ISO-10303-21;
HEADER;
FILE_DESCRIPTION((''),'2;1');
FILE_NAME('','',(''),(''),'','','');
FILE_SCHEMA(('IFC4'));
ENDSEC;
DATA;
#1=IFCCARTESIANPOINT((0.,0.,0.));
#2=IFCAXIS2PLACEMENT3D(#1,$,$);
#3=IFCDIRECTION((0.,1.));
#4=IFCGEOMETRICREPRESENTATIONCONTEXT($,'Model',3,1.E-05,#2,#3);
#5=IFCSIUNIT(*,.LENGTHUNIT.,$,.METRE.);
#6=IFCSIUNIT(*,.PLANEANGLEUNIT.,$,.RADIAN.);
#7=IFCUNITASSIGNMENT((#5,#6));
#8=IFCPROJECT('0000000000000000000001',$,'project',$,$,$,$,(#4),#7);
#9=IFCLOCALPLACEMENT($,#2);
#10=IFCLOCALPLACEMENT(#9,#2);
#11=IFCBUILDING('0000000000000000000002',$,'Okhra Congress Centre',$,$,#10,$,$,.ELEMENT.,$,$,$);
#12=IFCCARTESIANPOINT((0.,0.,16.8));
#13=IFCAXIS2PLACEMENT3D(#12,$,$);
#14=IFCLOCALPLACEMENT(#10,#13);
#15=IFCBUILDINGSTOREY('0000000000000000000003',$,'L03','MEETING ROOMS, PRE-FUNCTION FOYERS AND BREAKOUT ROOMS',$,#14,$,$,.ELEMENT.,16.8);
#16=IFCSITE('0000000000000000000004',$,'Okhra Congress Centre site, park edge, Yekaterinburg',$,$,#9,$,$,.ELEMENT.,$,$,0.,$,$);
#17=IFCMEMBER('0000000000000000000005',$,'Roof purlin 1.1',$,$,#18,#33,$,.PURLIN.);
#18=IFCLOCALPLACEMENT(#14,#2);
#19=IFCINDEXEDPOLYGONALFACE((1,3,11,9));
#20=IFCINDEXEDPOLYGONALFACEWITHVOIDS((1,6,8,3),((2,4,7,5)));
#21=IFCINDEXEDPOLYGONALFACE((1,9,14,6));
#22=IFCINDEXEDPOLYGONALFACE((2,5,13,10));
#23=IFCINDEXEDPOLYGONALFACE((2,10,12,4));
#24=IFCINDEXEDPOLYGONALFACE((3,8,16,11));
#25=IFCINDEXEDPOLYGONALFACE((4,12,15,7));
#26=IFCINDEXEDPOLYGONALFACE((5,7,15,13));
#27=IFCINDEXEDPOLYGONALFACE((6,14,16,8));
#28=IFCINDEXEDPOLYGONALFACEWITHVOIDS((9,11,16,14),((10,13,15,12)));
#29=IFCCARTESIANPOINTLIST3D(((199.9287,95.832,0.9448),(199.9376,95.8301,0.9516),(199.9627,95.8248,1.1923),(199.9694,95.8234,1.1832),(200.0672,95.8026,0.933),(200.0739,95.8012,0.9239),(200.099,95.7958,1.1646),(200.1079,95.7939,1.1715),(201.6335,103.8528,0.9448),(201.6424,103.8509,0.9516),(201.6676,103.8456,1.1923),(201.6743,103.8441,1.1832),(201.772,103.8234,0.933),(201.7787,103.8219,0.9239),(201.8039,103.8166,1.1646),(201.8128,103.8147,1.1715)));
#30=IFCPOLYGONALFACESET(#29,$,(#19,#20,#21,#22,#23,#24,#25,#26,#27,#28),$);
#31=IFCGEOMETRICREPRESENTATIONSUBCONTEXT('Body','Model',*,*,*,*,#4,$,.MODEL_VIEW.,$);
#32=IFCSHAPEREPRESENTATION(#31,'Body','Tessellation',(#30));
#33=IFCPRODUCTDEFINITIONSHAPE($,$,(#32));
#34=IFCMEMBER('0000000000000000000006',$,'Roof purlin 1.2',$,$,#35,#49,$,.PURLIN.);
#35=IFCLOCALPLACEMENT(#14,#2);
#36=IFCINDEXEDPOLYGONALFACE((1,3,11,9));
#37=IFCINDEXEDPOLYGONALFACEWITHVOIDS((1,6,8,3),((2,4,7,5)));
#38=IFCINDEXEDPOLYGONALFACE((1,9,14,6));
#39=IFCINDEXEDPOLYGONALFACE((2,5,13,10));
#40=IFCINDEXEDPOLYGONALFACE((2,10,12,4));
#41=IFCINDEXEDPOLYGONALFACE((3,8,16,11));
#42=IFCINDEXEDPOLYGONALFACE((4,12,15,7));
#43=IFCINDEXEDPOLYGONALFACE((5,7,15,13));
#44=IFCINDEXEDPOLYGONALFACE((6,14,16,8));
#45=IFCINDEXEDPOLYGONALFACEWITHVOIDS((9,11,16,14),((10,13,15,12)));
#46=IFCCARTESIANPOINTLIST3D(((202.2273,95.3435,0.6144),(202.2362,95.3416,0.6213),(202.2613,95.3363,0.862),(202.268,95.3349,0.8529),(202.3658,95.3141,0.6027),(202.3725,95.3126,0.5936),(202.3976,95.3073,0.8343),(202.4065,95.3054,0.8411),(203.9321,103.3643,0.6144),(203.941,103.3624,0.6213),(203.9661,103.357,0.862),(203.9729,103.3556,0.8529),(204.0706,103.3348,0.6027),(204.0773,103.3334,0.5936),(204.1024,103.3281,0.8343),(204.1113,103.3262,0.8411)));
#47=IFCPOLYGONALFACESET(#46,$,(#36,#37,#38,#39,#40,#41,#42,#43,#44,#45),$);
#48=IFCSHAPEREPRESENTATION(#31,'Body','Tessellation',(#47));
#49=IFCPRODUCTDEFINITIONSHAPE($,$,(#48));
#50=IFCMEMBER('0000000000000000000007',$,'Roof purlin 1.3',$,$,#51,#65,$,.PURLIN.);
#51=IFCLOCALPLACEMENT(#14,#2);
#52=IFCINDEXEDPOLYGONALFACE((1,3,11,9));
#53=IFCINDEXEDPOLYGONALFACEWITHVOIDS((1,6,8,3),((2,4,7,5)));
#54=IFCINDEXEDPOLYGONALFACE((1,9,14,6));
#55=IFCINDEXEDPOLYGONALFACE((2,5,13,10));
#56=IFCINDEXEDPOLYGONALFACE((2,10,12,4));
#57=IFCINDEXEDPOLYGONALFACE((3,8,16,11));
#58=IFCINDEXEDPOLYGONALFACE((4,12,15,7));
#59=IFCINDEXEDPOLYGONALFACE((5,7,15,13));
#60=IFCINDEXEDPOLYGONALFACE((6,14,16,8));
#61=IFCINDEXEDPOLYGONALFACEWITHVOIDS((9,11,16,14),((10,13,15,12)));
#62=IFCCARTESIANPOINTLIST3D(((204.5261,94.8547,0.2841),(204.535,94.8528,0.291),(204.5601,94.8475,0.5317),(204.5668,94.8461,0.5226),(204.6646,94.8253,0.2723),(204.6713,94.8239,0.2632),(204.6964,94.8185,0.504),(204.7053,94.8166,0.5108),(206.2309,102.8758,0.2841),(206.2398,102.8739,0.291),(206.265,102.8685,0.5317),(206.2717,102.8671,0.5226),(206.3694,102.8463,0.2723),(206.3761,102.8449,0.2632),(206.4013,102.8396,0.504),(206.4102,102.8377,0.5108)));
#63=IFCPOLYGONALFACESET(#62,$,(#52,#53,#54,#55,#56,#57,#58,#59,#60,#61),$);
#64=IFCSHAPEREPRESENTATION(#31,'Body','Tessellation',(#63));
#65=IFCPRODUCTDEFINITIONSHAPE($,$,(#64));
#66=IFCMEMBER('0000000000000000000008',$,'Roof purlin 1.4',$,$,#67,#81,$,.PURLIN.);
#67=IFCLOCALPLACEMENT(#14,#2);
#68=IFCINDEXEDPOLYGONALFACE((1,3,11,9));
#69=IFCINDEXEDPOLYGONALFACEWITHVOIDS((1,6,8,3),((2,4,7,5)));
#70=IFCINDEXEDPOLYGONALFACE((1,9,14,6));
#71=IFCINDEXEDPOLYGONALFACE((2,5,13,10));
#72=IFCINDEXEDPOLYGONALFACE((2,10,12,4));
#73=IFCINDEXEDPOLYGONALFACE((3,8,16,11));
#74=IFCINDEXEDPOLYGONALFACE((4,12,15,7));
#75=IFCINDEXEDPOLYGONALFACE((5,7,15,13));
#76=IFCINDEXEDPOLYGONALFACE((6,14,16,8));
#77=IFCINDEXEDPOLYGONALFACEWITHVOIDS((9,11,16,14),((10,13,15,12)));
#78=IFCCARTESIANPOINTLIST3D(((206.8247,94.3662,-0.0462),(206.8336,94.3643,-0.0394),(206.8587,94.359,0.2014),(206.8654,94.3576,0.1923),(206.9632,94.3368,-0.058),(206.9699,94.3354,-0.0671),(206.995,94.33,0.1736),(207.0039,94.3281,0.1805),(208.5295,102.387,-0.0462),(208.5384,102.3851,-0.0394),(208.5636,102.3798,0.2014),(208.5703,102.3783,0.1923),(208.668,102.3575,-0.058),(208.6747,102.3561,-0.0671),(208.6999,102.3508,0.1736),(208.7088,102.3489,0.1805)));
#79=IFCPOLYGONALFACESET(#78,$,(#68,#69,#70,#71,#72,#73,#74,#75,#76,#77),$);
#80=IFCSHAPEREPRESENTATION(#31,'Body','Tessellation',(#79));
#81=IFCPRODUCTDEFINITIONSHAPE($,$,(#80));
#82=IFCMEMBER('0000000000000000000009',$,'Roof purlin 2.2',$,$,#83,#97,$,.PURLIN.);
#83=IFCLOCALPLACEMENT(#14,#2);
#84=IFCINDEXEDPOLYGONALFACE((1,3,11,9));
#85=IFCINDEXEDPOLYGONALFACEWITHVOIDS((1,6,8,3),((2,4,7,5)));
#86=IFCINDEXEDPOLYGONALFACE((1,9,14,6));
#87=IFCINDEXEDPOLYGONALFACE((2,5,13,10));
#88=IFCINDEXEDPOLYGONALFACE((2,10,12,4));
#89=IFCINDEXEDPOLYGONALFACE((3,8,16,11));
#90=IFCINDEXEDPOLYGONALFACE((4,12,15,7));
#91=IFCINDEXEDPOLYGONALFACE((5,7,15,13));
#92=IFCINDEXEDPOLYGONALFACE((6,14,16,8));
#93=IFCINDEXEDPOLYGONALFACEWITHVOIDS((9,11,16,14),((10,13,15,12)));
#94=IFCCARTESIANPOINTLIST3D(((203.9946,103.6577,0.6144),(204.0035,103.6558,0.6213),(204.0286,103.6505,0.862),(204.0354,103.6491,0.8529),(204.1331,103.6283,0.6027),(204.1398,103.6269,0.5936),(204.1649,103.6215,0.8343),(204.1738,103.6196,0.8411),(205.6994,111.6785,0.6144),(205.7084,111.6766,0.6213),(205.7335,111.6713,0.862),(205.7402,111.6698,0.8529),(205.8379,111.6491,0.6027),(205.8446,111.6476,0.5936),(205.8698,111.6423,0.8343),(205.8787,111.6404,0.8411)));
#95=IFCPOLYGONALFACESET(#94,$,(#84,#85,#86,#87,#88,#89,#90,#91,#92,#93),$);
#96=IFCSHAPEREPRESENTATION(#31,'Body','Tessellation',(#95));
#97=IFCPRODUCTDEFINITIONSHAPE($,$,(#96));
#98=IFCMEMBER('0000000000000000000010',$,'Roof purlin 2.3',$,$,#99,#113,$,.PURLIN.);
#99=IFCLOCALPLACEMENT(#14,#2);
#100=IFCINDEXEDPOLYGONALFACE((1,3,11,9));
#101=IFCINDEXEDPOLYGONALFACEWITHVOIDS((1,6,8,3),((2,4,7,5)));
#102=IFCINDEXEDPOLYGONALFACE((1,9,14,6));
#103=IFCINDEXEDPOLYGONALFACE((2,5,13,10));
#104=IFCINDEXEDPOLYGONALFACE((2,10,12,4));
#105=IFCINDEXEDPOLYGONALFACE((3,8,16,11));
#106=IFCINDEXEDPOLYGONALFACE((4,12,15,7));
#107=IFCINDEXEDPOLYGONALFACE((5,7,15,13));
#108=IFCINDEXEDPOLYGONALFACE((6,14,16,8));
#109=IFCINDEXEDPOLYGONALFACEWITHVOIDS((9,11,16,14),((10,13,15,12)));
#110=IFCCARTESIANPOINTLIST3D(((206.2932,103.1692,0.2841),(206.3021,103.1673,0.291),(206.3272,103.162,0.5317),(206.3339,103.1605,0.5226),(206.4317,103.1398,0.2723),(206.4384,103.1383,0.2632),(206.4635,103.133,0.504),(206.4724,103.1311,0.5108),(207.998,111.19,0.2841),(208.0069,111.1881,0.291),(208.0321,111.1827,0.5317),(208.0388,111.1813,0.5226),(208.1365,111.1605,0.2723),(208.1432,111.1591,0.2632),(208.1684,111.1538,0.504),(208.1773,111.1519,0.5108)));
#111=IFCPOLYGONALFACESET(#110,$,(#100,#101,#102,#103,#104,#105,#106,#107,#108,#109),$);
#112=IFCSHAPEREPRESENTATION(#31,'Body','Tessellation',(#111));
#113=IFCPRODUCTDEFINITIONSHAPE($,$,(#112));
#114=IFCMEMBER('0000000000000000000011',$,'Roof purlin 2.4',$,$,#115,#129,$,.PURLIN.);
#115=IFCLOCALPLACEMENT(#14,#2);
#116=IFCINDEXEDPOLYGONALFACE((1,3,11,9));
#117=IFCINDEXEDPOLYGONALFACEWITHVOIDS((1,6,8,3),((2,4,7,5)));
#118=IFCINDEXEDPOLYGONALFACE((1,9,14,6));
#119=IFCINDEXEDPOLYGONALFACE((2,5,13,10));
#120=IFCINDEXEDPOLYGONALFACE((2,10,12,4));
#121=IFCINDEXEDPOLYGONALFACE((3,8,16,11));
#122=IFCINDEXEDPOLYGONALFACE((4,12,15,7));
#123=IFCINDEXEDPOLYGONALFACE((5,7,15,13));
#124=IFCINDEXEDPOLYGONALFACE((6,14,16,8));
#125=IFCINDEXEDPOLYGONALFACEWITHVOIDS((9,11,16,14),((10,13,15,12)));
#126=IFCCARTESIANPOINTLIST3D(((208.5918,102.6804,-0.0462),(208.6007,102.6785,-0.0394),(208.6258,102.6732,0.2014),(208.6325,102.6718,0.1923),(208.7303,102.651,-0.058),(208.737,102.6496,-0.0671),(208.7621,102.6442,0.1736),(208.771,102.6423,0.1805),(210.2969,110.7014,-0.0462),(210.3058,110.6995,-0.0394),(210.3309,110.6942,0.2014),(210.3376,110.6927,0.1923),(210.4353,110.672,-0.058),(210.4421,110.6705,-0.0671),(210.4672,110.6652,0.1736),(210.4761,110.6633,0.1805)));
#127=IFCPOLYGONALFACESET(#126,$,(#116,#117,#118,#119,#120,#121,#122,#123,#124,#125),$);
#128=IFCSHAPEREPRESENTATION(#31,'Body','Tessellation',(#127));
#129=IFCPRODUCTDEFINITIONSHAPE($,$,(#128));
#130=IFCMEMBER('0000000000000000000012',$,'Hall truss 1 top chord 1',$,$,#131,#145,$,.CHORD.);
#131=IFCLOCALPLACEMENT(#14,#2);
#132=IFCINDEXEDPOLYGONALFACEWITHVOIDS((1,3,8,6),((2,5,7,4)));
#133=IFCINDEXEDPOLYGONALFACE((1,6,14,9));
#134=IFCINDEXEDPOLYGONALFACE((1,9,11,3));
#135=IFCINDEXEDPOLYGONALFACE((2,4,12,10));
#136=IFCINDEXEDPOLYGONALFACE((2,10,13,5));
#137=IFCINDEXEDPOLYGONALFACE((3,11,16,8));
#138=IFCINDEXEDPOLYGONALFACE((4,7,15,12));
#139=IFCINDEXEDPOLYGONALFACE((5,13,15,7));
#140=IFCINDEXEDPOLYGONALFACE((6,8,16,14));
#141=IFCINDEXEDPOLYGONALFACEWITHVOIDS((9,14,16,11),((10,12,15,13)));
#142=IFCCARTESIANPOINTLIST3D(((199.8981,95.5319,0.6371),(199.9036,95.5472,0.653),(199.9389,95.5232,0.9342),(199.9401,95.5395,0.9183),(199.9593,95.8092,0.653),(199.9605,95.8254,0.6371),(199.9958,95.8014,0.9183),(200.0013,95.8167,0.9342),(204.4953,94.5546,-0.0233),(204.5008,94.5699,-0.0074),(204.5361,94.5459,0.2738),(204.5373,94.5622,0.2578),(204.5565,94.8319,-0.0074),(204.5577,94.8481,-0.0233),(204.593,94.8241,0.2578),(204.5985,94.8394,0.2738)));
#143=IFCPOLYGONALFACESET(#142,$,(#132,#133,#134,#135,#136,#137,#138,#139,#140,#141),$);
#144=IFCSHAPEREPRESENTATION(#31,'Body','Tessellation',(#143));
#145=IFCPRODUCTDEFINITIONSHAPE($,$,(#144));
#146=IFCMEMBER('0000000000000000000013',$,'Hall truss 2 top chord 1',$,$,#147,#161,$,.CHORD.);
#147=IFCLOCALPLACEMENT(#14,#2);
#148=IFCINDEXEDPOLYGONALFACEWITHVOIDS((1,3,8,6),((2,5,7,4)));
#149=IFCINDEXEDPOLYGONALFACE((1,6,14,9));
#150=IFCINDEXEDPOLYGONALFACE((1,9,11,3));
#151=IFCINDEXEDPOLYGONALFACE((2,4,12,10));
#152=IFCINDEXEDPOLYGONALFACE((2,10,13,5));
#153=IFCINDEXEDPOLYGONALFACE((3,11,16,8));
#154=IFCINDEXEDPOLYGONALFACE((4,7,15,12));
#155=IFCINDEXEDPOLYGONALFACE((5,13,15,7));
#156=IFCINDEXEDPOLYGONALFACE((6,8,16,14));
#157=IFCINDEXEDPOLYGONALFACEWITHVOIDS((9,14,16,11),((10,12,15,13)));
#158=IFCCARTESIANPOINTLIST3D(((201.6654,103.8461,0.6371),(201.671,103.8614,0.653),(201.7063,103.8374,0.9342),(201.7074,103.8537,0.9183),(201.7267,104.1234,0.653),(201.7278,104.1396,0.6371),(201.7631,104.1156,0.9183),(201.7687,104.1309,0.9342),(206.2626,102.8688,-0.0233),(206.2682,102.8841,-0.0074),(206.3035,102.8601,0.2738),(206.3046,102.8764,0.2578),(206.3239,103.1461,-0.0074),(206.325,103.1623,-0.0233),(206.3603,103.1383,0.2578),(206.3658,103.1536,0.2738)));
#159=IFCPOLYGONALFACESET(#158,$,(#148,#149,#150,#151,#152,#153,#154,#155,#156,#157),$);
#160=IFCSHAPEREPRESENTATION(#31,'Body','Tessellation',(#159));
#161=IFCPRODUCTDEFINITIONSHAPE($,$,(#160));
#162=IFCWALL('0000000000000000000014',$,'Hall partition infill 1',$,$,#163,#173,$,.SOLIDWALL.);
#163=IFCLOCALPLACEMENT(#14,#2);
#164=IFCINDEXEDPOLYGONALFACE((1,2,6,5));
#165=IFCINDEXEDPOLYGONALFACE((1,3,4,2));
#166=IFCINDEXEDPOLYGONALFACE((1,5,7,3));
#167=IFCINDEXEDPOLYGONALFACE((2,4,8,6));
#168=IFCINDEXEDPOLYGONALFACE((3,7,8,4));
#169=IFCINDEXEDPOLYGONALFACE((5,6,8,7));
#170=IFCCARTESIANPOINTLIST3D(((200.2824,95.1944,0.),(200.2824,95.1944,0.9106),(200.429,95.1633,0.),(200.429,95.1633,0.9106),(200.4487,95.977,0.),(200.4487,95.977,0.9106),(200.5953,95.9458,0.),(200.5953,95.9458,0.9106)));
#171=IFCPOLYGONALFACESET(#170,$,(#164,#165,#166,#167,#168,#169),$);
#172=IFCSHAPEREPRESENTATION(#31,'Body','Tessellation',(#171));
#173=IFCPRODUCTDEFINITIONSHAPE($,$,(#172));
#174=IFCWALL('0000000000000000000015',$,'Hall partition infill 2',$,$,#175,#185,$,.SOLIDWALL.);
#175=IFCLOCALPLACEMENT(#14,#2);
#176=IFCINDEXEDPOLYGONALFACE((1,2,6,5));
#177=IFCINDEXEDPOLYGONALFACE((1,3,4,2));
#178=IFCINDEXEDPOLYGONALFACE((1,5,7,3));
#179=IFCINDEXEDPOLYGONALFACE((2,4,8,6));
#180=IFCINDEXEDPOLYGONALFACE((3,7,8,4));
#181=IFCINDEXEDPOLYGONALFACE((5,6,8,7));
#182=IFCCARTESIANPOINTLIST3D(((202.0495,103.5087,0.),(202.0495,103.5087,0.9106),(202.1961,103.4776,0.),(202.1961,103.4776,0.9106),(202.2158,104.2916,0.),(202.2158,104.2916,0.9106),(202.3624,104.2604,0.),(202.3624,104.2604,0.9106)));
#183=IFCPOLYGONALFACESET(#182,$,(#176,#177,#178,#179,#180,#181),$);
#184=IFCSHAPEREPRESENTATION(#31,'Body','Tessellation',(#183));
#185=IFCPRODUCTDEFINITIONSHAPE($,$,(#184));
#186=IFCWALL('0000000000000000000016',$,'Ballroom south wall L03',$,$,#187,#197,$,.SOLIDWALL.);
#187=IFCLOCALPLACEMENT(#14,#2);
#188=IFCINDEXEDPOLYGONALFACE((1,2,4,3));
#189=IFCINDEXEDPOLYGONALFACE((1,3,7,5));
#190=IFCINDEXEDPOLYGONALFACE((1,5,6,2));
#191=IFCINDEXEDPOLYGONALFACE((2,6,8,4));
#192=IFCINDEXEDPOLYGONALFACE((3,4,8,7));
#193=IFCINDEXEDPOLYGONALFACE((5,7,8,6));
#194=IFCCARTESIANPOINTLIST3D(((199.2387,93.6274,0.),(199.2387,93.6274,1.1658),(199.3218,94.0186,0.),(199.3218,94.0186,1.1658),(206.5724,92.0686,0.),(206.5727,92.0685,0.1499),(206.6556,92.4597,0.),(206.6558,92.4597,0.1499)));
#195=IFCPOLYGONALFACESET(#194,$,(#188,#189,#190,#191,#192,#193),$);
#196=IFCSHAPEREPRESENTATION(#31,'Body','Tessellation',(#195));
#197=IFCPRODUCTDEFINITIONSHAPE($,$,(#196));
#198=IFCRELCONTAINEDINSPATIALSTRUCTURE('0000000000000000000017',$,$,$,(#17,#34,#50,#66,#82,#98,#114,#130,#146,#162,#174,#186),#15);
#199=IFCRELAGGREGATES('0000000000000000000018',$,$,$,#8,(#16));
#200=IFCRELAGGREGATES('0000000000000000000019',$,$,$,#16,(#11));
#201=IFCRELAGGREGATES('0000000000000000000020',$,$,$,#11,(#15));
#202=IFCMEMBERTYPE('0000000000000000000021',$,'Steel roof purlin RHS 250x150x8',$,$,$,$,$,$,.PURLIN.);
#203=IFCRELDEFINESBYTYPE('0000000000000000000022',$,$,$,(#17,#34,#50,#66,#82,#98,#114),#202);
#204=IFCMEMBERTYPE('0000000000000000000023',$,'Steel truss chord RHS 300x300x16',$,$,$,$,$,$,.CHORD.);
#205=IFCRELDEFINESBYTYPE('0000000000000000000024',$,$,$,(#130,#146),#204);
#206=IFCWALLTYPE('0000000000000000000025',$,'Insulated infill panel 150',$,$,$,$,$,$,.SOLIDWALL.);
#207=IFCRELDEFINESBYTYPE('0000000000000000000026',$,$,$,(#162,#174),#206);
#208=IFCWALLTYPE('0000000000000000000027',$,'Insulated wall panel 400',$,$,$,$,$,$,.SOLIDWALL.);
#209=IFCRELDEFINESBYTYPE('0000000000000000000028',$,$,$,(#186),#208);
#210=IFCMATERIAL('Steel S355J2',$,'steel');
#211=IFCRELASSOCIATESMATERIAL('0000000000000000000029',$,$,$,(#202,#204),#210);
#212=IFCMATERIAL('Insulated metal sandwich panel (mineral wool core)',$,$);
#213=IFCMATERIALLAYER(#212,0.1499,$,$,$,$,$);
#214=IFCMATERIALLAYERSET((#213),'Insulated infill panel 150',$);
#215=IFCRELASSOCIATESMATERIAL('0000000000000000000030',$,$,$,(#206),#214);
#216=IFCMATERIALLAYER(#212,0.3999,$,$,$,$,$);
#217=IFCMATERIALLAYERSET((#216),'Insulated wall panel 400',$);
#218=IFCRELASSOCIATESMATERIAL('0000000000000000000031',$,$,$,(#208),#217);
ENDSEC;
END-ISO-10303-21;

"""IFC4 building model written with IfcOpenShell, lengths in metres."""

from ifc_helpers import new_model, si_unit, direction, frame, frame_2d, origin, origin_2d, place, context, subcontext, project, spatial, polyline, rectangle, hollow_rectangle, outline, extrude, material, layer, layer_set, material_profile, profile_set, type_object, element, save


model = new_model("IFC4")

# Units and contexts
model_context = context("Model", 3, precision=1e-05, world=origin(), true_north=direction((0.0, 1.0)))
body_context = subcontext(model_context, "Body", "Model", "MODEL_VIEW")
ifc_project = project(units=[si_unit("LENGTHUNIT", "METRE"), si_unit("PLANEANGLEUNIT", "RADIAN")], contexts=[model_context])

# Site, building, storey
site_placement = place(None, origin())
site = spatial("IfcSite", under=ifc_project, at=site_placement, Name="Okhra Congress Centre site, park edge, Yekaterinburg", CompositionType="ELEMENT", RefElevation=0.0)
building_placement = place(site_placement, origin())
building = spatial("IfcBuilding", under=site, at=building_placement, Name="Okhra Congress Centre", CompositionType="ELEMENT")
storey_placement = place(building_placement, frame((0.0, 0.0, 16.8)))
storey = spatial("IfcBuildingStorey", under=building, at=storey_placement, Name="L03", Description="MEETING ROOMS, PRE-FUNCTION FOYERS AND BREAKOUT ROOMS", CompositionType="ELEMENT", Elevation=16.8)

# Members
ifc_material_1 = material(Name="Steel S355J2", Category="steel")
ifc_material_profile_1 = material_profile(ifc_material_1, hollow_rectangle(XDim=0.1499, YDim=0.25, WallThickness=0.0081, at=origin_2d()), Name="RHS 250x150x8")
ifc_profile_set_1 = profile_set([ifc_material_profile_1], Name="Steel S355J2")
member_type_1 = type_object("IfcMemberType", Name="Steel roof purlin RHS 250x150x8", PredefinedType="PURLIN", material=ifc_profile_set_1)
for number, where, z_axis, x_axis, name in (
    (1, (200.0183, 95.813, 1.0581), (0.207908, 0.978148, 0.0), (-0.968629, 0.205885, 0.139173), "Roof purlin 1.1"),
    (2, (202.3169, 95.3245, 0.7278), (0.207908, 0.978148, 0.0), (-0.968629, 0.205885, 0.139173), "Roof purlin 1.2"),
):
    element("IfcMember", number, at=place(storey_placement, frame(where, z_axis=z_axis, x_axis=x_axis)), inside=storey, type_object=member_type_1, Name=name, PredefinedType="PURLIN", context=body_context, shape_type="SweptSolid", body=[
        extrude(hollow_rectangle(XDim=0.1499, YDim=0.25, WallThickness=0.0081, at=origin_2d()), origin(), (0.0, 0.0, 1.0), 8.2),
    ])
member_1_placement = place(storey_placement, frame((204.6157, 94.8357, 0.3975), z_axis=(0.207902, 0.97815, 0.0), x_axis=(-0.96863, 0.205879, 0.139173)))
element("IfcMember", 3, at=member_1_placement, inside=storey, type_object=member_type_1, Name="Roof purlin 1.3", PredefinedType="PURLIN", context=body_context, shape_type="SweptSolid", body=[
    extrude(hollow_rectangle(XDim=0.1499, YDim=0.25, WallThickness=0.0081, at=origin_2d()), origin(), (0.0, 0.0, 1.0), 8.2002),
])
for number, where, z_axis, x_axis, name in (
    (4, (206.9143, 94.3472, 0.0671), (0.207908, 0.978148, 0.0), (-0.968629, 0.205885, 0.139173), "Roof purlin 1.4"),
    (5, (204.0842, 103.6387, 0.7278), (0.207908, 0.978148, 0.0), (-0.968629, 0.205885, 0.139173), "Roof purlin 2.2"),
    (6, (206.3828, 103.1501, 0.3975), (0.207908, 0.978148, 0.0), (-0.968629, 0.205885, 0.139173), "Roof purlin 2.3"),
):
    element("IfcMember", number, at=place(storey_placement, frame(where, z_axis=z_axis, x_axis=x_axis)), inside=storey, type_object=member_type_1, Name=name, PredefinedType="PURLIN", context=body_context, shape_type="SweptSolid", body=[
        extrude(hollow_rectangle(XDim=0.1499, YDim=0.25, WallThickness=0.0081, at=origin_2d()), origin(), (0.0, 0.0, 1.0), 8.2),
    ])
member_2_placement = place(storey_placement, frame((208.6814, 102.6614, 0.0671), z_axis=(0.207931, 0.978144, 0.0), x_axis=(-0.968624, 0.205907, 0.139173)))
element("IfcMember", 7, at=member_2_placement, inside=storey, type_object=member_type_1, Name="Roof purlin 2.4", PredefinedType="PURLIN", context=body_context, shape_type="SweptSolid", body=[
    extrude(hollow_rectangle(XDim=0.1499, YDim=0.25, WallThickness=0.0081, at=origin_2d()), origin(), (0.0, 0.0, 1.0), 8.2002),
])
ifc_material_profile_2 = material_profile(ifc_material_1, hollow_rectangle(XDim=0.3, YDim=0.3, WallThickness=0.0161, at=origin_2d()), Name="RHS 300x300x16")
ifc_profile_set_2 = profile_set([ifc_material_profile_2], Name="Steel S355J2")
member_type_2 = type_object("IfcMemberType", Name="Steel truss chord RHS 300x300x16", PredefinedType="CHORD", material=ifc_profile_set_2)
for number, where, z_axis, x_axis, name in (
    (8, (199.9497, 95.6743, 0.7856), (0.968626, -0.205917, -0.139147), (0.20794, 0.978142, 0.0), "Hall truss 1 top chord 1"),
    (9, (201.717, 103.9885, 0.7856), (0.968626, -0.205917, -0.139147), (0.20794, 0.978142, 0.0), "Hall truss 2 top chord 1"),
):
    element("IfcMember", number, at=place(storey_placement, frame(where, z_axis=z_axis, x_axis=x_axis)), inside=storey, type_object=member_type_2, Name=name, PredefinedType="CHORD", context=body_context, shape_type="SweptSolid", body=[
        extrude(hollow_rectangle(XDim=0.3, YDim=0.3, WallThickness=0.0161, at=origin_2d()), origin(), (0.0, 0.0, 1.0), 4.7461),
    ])

# Walls
ifc_material_2 = material(Name="Insulated metal sandwich panel (mineral wool core)")
ifc_layer_1 = layer(ifc_material_2, 0.1499)
ifc_layer_set_1 = layer_set([ifc_layer_1], Name="Insulated infill panel 150")
wall_type_1 = type_object("IfcWallType", Name="Insulated infill panel 150", PredefinedType="SOLIDWALL", material=ifc_layer_set_1)
wall_1_placement = place(storey_placement, frame((200.3557, 95.179, 0.0), z_axis=(0.0, 0.0, 1.0), x_axis=(0.207841, 0.978163, 0.0)))
element("IfcWall", 10, at=wall_1_placement, inside=storey, type_object=wall_type_1, Name="Hall partition infill 1", PredefinedType="SOLIDWALL", context=body_context, shape_type="SweptSolid", body=[
    extrude(rectangle(XDim=0.8, YDim=0.1499, at=frame_2d((0.3999, 0.0))), origin(), (0.0, 0.0, 1.0), 0.9106),
])
wall_2_placement = place(storey_placement, frame((202.1228, 103.4932, 0.0), z_axis=(0.0, 0.0, 1.0), x_axis=(0.207778, 0.978176, 0.0)))
element("IfcWall", 11, at=wall_2_placement, inside=storey, type_object=wall_type_1, Name="Hall partition infill 2", PredefinedType="SOLIDWALL", context=body_context, shape_type="SweptSolid", body=[
    extrude(rectangle(XDim=0.8003, YDim=0.1499, at=frame_2d((0.4001, 0.0))), origin(), (0.0, 0.0, 1.0), 0.9106),
])
ifc_layer_2 = layer(ifc_material_2, 0.3999)
ifc_layer_set_2 = layer_set([ifc_layer_2], Name="Insulated wall panel 400")
wall_type_2 = type_object("IfcWallType", Name="Insulated wall panel 400", PredefinedType="SOLIDWALL", material=ifc_layer_set_2)
wall_3_placement = place(storey_placement, frame((199.2803, 93.823, 0.0), z_axis=(0.0, 0.0, 1.0), x_axis=(0.978148, -0.207912, 0.0)))
element("IfcWall", 12, at=wall_3_placement, inside=storey, type_object=wall_type_2, Name="Ballroom south wall L03", PredefinedType="SOLIDWALL", context=body_context, shape_type="SweptSolid", body=[
    extrude(outline(polyline([(0.0, 0.0), (7.4976, 0.0), (7.4978, 0.1499), (0.0, 1.1658), (0.0, 0.0)])), frame((0.0, 0.2, 0.0), z_axis=(0.0, -1.0, 0.0), x_axis=(1.0, 0.0, 0.0)), (0.0, 0.0, 1.0), 0.3999),
])

save(model, "model.ifc")
